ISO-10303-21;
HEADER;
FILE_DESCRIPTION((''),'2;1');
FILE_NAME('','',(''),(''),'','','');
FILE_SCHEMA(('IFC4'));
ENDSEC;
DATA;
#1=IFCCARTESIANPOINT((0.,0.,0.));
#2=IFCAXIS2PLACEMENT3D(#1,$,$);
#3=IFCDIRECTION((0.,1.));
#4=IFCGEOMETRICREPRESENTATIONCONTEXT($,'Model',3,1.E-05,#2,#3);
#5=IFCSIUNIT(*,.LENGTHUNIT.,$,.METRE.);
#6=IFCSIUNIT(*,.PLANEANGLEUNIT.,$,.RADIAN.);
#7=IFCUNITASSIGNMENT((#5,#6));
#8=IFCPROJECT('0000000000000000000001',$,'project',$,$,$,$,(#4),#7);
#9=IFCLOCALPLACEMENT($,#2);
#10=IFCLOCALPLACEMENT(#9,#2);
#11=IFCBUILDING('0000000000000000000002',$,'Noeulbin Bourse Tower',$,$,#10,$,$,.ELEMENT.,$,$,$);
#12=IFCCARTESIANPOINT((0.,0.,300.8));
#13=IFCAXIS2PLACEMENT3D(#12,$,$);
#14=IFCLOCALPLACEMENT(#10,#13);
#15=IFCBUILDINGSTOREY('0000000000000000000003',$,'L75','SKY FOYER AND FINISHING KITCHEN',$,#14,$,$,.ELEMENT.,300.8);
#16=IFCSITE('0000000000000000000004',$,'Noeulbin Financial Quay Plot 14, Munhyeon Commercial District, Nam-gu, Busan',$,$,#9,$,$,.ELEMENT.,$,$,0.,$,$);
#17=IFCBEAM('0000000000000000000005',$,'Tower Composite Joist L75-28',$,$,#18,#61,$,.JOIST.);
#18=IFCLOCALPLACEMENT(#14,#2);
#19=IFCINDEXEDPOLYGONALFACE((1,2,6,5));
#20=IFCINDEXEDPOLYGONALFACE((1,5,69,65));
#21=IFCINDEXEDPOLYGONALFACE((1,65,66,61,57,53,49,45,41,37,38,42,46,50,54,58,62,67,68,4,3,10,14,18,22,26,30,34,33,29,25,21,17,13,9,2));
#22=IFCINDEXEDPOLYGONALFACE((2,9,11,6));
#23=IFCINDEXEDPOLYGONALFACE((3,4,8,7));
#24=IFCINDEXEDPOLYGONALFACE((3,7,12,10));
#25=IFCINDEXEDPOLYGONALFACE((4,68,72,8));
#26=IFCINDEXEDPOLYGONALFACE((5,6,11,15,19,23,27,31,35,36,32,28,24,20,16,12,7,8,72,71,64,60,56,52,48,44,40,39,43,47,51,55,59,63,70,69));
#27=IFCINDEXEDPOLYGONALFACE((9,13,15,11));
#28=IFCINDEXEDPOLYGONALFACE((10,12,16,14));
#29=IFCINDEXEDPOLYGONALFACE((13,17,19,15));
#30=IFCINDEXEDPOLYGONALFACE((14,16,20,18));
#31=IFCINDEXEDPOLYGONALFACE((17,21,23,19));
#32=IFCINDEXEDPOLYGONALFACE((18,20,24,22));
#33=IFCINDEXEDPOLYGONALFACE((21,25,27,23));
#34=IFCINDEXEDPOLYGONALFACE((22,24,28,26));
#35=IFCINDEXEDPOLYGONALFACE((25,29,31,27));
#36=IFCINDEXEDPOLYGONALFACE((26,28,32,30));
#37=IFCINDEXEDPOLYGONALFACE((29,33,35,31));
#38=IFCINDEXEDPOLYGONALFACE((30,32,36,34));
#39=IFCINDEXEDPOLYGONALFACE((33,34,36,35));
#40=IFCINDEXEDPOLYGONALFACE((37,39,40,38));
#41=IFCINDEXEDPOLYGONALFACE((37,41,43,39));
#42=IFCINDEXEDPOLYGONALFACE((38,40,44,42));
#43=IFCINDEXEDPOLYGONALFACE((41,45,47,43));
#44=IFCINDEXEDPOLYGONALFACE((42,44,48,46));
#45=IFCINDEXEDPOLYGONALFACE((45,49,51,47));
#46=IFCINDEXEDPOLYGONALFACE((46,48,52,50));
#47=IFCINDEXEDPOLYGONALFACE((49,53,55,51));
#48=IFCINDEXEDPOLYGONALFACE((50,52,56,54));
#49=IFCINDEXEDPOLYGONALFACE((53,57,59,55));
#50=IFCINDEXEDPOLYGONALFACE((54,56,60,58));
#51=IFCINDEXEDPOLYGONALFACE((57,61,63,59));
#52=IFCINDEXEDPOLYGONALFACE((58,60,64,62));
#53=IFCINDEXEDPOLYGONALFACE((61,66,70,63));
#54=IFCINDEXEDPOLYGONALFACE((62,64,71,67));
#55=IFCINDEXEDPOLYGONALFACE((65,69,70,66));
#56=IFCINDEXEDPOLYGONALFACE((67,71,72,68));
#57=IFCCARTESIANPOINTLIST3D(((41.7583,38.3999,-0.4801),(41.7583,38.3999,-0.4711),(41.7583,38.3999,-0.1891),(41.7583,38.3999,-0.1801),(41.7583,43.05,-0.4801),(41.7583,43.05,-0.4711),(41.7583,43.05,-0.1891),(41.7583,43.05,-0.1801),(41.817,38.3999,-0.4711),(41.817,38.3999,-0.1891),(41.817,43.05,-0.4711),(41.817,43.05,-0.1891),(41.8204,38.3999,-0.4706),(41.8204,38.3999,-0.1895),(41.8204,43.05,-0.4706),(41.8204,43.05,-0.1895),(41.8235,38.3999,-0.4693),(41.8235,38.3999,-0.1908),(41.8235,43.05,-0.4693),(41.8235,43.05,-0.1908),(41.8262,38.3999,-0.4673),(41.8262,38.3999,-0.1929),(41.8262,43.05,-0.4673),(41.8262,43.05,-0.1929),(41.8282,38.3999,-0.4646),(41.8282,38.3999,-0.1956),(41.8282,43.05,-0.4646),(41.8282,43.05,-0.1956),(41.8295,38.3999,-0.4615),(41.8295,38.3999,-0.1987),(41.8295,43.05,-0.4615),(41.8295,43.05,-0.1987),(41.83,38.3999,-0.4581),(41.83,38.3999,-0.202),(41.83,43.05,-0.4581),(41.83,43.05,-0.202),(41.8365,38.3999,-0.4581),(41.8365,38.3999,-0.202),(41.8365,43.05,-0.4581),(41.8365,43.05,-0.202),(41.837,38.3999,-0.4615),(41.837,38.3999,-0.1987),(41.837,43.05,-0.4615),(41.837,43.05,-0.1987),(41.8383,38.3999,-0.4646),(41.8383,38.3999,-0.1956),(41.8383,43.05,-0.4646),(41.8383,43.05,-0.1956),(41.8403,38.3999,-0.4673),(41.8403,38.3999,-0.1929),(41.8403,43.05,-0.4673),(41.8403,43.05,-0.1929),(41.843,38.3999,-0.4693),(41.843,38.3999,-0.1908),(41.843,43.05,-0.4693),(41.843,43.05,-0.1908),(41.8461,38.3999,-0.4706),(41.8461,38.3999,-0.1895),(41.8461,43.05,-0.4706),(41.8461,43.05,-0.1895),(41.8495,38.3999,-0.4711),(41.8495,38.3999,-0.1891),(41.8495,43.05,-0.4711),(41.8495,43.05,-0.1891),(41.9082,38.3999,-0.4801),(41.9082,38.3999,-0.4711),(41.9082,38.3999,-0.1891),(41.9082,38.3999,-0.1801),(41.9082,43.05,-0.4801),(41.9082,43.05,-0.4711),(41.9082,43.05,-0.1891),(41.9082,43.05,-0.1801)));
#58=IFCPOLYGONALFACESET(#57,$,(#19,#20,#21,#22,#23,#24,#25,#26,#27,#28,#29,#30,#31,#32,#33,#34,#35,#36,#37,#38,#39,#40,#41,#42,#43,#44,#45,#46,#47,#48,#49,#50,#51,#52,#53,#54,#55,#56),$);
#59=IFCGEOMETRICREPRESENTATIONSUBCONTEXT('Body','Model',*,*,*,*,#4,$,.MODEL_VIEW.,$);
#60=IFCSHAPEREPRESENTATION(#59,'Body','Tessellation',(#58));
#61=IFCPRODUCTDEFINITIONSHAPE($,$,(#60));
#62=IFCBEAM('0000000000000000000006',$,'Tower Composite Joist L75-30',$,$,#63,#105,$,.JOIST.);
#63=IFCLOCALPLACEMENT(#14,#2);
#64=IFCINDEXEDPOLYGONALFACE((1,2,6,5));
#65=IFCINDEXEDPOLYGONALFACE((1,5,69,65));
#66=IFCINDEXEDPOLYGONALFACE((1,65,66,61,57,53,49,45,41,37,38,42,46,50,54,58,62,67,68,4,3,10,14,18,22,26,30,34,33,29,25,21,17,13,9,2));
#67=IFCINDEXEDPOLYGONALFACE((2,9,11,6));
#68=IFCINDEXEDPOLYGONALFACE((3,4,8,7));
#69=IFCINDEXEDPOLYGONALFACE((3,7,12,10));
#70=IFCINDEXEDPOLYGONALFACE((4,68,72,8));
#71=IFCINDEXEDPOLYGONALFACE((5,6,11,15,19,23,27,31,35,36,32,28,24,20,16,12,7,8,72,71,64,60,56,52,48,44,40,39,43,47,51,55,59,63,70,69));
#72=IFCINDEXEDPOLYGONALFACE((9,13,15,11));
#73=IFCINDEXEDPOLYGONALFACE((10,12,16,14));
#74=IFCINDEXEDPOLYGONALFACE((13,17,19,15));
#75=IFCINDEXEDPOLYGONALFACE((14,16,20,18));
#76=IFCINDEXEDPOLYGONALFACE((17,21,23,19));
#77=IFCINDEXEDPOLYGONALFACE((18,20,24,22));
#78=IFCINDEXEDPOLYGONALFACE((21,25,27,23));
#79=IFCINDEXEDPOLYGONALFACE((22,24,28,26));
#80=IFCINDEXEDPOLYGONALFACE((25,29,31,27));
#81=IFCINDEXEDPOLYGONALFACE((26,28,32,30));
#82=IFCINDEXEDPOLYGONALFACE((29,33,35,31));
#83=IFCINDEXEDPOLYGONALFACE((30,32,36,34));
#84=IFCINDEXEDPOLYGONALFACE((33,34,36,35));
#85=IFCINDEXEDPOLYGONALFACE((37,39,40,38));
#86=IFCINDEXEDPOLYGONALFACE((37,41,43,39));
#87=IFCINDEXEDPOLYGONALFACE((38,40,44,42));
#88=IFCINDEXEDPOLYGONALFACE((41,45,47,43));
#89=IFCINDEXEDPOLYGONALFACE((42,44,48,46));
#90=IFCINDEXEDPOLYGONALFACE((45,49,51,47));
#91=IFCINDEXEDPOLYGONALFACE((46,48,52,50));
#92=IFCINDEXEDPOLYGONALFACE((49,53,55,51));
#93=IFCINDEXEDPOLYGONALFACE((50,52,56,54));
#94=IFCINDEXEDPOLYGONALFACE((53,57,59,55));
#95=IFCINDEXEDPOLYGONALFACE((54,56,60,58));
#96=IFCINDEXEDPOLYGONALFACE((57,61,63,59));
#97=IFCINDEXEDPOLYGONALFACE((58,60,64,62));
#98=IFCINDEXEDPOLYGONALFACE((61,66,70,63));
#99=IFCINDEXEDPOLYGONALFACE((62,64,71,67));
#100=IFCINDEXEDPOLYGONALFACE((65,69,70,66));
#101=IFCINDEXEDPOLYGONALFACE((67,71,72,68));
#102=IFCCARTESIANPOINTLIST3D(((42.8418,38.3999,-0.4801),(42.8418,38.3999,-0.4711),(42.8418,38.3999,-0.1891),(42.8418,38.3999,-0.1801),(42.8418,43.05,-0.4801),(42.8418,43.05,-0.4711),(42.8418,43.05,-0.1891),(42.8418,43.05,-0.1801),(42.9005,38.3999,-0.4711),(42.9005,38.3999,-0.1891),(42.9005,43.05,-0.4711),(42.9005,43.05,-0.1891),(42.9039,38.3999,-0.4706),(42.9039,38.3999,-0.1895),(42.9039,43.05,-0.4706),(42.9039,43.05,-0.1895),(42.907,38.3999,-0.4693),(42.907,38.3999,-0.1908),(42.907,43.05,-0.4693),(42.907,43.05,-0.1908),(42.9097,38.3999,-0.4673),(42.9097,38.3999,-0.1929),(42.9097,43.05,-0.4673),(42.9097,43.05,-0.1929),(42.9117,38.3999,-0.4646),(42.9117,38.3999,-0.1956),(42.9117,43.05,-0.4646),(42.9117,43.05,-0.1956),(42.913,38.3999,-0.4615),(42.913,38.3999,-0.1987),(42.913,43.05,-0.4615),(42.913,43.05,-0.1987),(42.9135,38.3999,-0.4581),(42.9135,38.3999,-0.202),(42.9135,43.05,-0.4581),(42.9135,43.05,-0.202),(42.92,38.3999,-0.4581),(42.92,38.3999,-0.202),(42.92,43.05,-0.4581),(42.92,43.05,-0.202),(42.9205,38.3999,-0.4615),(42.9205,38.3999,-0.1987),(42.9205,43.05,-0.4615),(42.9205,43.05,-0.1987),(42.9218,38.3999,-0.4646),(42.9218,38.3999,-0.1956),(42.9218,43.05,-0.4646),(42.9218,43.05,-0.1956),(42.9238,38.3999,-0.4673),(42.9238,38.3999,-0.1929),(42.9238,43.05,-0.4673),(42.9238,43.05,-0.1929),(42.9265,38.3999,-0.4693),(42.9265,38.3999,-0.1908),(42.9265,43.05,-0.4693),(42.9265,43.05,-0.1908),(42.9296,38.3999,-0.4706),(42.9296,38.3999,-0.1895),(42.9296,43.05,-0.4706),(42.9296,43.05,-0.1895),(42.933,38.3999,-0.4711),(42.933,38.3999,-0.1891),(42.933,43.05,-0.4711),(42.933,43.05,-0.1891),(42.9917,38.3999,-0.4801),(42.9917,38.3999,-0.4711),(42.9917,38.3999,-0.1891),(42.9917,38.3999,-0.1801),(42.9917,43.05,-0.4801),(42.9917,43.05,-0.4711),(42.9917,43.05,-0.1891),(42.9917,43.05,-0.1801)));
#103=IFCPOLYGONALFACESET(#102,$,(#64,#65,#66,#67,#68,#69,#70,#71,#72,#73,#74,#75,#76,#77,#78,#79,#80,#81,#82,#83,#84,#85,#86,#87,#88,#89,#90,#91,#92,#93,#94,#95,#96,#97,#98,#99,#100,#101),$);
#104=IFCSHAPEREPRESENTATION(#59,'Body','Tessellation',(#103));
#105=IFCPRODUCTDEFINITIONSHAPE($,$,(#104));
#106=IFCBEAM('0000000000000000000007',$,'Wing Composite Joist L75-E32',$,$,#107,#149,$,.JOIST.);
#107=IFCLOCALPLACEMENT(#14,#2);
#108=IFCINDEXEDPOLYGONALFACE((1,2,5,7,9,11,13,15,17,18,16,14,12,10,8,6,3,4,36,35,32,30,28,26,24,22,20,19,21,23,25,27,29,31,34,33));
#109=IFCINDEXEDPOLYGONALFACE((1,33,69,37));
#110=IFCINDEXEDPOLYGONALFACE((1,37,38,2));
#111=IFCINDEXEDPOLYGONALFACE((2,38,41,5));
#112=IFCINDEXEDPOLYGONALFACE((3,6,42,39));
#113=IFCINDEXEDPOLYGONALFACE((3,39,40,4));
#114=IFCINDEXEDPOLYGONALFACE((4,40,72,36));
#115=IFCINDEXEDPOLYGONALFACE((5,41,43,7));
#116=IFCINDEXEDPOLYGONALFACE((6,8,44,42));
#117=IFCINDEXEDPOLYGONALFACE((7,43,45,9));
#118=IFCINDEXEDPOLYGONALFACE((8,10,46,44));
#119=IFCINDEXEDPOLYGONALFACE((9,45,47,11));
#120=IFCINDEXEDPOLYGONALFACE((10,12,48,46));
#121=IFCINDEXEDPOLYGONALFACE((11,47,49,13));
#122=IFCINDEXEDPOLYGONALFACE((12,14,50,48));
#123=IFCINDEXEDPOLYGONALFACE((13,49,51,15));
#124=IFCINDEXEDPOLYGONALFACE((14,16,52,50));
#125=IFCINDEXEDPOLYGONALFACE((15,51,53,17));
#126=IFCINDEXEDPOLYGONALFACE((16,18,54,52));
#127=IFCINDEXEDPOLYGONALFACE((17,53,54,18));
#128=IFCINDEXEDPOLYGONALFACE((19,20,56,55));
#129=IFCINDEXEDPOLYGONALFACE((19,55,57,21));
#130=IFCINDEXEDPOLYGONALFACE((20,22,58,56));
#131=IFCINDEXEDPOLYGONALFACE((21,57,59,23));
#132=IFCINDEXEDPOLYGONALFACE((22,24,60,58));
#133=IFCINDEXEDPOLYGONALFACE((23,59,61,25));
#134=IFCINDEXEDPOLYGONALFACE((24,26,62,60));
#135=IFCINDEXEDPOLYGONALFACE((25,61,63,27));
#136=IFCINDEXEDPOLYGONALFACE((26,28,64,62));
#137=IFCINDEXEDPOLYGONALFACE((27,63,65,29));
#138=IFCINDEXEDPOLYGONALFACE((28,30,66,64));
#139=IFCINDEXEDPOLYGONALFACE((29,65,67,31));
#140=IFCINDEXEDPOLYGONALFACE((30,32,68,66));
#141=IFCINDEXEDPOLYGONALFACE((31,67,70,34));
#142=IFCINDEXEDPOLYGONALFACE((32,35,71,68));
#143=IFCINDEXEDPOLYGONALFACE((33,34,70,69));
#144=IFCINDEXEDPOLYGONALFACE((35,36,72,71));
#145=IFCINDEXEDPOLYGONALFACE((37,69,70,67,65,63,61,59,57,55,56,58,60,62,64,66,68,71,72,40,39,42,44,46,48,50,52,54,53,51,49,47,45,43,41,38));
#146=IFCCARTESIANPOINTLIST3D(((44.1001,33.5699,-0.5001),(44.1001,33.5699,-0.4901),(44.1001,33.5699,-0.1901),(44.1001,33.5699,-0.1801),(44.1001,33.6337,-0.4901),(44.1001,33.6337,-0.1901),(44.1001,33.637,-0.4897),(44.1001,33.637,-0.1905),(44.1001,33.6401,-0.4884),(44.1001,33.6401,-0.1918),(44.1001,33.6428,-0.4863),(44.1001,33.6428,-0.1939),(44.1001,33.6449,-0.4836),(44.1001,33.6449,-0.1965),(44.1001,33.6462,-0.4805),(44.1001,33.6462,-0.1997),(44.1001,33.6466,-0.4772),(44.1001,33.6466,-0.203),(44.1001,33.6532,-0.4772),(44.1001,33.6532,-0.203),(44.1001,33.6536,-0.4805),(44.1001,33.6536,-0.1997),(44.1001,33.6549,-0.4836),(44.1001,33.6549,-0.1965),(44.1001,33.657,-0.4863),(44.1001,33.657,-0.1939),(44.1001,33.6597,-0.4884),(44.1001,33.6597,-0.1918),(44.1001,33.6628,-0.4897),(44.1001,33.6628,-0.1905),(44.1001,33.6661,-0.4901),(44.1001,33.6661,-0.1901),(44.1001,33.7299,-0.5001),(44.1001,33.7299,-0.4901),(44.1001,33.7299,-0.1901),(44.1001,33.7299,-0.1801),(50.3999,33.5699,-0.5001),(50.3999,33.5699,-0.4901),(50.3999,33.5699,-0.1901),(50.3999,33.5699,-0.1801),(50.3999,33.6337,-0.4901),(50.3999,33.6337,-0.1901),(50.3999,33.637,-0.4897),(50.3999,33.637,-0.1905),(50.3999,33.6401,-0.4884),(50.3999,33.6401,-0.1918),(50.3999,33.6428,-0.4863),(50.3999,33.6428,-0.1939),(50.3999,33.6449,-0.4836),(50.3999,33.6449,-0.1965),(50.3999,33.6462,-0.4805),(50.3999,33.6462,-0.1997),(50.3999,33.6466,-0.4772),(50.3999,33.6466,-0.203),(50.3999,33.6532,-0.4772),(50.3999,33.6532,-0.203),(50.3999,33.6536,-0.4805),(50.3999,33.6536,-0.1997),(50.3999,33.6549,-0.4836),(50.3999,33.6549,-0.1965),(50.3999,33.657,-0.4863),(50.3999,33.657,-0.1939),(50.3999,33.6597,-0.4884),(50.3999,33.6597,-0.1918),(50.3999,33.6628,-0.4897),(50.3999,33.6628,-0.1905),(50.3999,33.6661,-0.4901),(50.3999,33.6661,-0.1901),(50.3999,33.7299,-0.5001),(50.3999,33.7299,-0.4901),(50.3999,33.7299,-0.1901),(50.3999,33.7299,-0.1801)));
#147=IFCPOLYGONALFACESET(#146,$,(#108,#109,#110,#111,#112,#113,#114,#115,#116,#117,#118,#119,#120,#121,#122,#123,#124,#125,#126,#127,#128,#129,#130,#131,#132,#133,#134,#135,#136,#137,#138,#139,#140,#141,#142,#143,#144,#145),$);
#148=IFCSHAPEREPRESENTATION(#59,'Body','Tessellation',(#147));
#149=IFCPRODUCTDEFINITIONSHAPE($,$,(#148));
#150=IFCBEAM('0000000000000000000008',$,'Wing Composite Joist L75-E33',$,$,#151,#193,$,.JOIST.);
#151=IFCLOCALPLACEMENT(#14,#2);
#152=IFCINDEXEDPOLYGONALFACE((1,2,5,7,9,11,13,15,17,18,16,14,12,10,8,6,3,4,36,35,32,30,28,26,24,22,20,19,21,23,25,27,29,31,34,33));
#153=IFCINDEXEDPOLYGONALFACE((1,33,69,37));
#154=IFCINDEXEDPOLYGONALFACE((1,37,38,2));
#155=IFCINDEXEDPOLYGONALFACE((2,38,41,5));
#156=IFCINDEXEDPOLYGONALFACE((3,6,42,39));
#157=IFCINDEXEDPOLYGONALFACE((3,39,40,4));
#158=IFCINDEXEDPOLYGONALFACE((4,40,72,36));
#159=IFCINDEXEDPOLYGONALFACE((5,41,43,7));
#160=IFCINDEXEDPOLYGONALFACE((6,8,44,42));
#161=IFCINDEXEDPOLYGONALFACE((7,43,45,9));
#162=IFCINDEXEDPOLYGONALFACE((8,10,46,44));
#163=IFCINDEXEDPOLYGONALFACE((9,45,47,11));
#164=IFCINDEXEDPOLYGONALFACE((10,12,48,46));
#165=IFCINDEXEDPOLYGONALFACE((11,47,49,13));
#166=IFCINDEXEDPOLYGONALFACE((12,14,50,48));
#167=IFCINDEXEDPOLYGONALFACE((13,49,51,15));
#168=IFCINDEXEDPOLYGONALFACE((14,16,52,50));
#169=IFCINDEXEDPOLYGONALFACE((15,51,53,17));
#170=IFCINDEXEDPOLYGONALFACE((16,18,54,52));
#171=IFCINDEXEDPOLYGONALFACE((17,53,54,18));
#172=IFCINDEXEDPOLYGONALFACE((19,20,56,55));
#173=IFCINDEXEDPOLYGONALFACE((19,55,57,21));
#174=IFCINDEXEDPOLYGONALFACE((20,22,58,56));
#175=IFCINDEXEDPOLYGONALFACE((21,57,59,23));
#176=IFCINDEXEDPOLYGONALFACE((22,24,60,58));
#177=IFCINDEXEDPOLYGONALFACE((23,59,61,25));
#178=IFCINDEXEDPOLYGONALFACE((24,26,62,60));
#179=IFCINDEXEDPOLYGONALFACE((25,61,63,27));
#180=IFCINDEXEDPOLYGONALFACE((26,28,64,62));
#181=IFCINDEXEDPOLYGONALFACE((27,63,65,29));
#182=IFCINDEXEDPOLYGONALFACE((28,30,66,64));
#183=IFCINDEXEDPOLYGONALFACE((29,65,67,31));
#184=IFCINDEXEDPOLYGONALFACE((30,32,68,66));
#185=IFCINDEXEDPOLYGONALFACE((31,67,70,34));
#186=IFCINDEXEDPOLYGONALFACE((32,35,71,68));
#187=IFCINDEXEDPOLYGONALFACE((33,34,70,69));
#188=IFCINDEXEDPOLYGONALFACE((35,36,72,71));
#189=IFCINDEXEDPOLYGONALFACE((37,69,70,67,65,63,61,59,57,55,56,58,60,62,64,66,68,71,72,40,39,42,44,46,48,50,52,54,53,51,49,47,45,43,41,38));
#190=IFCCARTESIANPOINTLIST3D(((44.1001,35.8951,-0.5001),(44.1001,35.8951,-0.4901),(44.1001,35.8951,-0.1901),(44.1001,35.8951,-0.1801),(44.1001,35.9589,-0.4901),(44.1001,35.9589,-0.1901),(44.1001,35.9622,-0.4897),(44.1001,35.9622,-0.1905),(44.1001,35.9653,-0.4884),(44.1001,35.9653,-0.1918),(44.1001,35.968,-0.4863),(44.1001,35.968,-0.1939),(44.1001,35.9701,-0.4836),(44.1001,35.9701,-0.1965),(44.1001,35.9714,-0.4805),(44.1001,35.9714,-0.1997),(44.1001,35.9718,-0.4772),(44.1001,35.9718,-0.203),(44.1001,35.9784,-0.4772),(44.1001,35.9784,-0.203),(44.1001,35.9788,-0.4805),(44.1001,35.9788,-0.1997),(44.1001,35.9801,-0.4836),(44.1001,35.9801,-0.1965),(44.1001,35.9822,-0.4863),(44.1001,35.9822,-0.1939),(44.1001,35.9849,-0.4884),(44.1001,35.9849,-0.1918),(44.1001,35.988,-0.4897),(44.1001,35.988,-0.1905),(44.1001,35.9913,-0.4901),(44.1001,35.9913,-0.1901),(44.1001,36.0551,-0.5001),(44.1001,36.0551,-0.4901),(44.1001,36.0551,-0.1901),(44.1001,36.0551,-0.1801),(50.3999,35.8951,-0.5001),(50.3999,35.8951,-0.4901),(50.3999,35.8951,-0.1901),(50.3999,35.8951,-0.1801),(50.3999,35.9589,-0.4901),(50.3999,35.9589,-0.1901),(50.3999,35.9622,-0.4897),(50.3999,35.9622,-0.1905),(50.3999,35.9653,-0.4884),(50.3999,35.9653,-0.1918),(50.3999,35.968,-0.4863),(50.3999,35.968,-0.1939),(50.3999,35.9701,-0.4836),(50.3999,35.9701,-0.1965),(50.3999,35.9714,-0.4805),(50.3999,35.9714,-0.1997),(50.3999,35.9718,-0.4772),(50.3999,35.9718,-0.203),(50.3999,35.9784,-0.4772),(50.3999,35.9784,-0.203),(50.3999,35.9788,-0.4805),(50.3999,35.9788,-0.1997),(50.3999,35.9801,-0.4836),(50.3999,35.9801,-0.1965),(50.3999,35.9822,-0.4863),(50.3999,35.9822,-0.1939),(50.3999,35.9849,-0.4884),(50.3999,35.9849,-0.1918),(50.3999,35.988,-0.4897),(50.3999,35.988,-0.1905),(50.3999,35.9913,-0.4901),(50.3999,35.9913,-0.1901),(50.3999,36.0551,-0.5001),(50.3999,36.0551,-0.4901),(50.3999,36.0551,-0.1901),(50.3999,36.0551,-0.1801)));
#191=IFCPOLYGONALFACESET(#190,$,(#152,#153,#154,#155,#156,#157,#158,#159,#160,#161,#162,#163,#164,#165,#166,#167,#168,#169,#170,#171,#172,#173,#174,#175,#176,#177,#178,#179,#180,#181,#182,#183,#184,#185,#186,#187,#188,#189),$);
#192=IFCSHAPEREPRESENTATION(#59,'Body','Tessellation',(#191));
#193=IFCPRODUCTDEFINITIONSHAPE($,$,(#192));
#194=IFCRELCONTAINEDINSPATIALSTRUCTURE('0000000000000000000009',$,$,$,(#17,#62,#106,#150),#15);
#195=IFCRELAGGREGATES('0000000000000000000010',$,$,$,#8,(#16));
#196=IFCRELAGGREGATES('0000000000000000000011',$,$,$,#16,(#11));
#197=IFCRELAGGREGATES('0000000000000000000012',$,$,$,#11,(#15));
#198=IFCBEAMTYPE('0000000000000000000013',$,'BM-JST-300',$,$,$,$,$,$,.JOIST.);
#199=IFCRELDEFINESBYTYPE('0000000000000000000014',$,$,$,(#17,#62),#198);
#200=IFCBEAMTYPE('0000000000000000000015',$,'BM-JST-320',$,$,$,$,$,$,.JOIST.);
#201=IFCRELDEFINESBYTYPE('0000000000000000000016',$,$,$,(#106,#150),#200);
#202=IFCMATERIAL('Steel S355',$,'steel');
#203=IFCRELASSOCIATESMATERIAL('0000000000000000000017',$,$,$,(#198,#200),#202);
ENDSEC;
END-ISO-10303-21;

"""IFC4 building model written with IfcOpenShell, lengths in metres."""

from ifc_helpers import new_model, si_unit, direction, frame, origin, origin_2d, place, context, subcontext, project, spatial, i_section, extrude, material, material_profile, profile_set, type_object, element, save


model = new_model("IFC4")

# Units and contexts
model_context = context("Model", 3, precision=1e-05, world=origin(), true_north=direction((0.0, 1.0)))
body_context = subcontext(model_context, "Body", "Model", "MODEL_VIEW")
ifc_project = project(units=[si_unit("LENGTHUNIT", "METRE"), si_unit("PLANEANGLEUNIT", "RADIAN")], contexts=[model_context])

# Site, building, storey
site_placement = place(None, origin())
site = spatial("IfcSite", under=ifc_project, at=site_placement, Name="Noeulbin Financial Quay Plot 14, Munhyeon Commercial District, Nam-gu, Busan", CompositionType="ELEMENT", RefElevation=0.0)
building_placement = place(site_placement, origin())
building = spatial("IfcBuilding", under=site, at=building_placement, Name="Noeulbin Bourse Tower", CompositionType="ELEMENT")
storey_placement = place(building_placement, frame((0.0, 0.0, 300.8)))
storey = spatial("IfcBuildingStorey", under=building, at=storey_placement, Name="L75", Description="SKY FOYER AND FINISHING KITCHEN", CompositionType="ELEMENT", Elevation=300.8)

# Shared definitions
ifc_material_1 = material(Name="Steel S355", Category="steel")

# Beams
ifc_material_profile_1 = material_profile(ifc_material_1, i_section(OverallWidth=0.1499, OverallDepth=0.3, WebThickness=0.0066, FlangeThickness=0.009, FilletRadius=0.0129, at=origin_2d()), Name="H-300x150x6.5x9", Category="LoadBearing")
ifc_profile_set_1 = profile_set([ifc_material_profile_1], Name="Steel S355")
beam_type_1 = type_object("IfcBeamType", Name="BM-JST-300", PredefinedType="JOIST", material=ifc_profile_set_1)
for number, where, z_axis, x_axis, name in (
    (1, (41.8333, 38.3999, -0.3301), (0.0, 1.0, 0.0), (-1.0, 0.0, 0.0), "Tower Composite Joist L75-28"),
    (2, (42.9167, 38.3999, -0.3301), (0.0, 1.0, 0.0), (-1.0, 0.0, 0.0), "Tower Composite Joist L75-30"),
):
    element("IfcBeam", number, at=place(storey_placement, frame(where, z_axis=z_axis, x_axis=x_axis)), inside=storey, type_object=beam_type_1, Name=name, PredefinedType="JOIST", context=body_context, shape_type="SweptSolid", body=[
        extrude(i_section(OverallWidth=0.1499, OverallDepth=0.3, WebThickness=0.0066, FlangeThickness=0.009, FilletRadius=0.0129, at=origin_2d()), origin(), (0.0, 0.0, 1.0), 4.6501),
    ])
ifc_material_profile_2 = material_profile(ifc_material_1, i_section(OverallWidth=0.1599, OverallDepth=0.3201, WebThickness=0.0066, FlangeThickness=0.01, FilletRadius=0.0129, at=origin_2d()), Name="H-320x160x6.5x10", Category="LoadBearing")
ifc_profile_set_2 = profile_set([ifc_material_profile_2], Name="Steel S355")
beam_type_2 = type_object("IfcBeamType", Name="BM-JST-320", PredefinedType="JOIST", material=ifc_profile_set_2)
for number, where, z_axis, x_axis, name in (
    (3, (44.1001, 33.6499, -0.3401), (1.0, 0.0, 0.0), (0.0, 1.0, 0.0), "Wing Composite Joist L75-E32"),
    (4, (44.1001, 35.9751, -0.3401), (1.0, 0.0, 0.0), (0.0, 1.0, 0.0), "Wing Composite Joist L75-E33"),
):
    element("IfcBeam", number, at=place(storey_placement, frame(where, z_axis=z_axis, x_axis=x_axis)), inside=storey, type_object=beam_type_2, Name=name, PredefinedType="JOIST", context=body_context, shape_type="SweptSolid", body=[
        extrude(i_section(OverallWidth=0.1599, OverallDepth=0.3201, WebThickness=0.0066, FlangeThickness=0.01, FilletRadius=0.0129, at=origin_2d()), origin(), (0.0, 0.0, 1.0), 6.2998),
    ])

save(model, "model.ifc")
